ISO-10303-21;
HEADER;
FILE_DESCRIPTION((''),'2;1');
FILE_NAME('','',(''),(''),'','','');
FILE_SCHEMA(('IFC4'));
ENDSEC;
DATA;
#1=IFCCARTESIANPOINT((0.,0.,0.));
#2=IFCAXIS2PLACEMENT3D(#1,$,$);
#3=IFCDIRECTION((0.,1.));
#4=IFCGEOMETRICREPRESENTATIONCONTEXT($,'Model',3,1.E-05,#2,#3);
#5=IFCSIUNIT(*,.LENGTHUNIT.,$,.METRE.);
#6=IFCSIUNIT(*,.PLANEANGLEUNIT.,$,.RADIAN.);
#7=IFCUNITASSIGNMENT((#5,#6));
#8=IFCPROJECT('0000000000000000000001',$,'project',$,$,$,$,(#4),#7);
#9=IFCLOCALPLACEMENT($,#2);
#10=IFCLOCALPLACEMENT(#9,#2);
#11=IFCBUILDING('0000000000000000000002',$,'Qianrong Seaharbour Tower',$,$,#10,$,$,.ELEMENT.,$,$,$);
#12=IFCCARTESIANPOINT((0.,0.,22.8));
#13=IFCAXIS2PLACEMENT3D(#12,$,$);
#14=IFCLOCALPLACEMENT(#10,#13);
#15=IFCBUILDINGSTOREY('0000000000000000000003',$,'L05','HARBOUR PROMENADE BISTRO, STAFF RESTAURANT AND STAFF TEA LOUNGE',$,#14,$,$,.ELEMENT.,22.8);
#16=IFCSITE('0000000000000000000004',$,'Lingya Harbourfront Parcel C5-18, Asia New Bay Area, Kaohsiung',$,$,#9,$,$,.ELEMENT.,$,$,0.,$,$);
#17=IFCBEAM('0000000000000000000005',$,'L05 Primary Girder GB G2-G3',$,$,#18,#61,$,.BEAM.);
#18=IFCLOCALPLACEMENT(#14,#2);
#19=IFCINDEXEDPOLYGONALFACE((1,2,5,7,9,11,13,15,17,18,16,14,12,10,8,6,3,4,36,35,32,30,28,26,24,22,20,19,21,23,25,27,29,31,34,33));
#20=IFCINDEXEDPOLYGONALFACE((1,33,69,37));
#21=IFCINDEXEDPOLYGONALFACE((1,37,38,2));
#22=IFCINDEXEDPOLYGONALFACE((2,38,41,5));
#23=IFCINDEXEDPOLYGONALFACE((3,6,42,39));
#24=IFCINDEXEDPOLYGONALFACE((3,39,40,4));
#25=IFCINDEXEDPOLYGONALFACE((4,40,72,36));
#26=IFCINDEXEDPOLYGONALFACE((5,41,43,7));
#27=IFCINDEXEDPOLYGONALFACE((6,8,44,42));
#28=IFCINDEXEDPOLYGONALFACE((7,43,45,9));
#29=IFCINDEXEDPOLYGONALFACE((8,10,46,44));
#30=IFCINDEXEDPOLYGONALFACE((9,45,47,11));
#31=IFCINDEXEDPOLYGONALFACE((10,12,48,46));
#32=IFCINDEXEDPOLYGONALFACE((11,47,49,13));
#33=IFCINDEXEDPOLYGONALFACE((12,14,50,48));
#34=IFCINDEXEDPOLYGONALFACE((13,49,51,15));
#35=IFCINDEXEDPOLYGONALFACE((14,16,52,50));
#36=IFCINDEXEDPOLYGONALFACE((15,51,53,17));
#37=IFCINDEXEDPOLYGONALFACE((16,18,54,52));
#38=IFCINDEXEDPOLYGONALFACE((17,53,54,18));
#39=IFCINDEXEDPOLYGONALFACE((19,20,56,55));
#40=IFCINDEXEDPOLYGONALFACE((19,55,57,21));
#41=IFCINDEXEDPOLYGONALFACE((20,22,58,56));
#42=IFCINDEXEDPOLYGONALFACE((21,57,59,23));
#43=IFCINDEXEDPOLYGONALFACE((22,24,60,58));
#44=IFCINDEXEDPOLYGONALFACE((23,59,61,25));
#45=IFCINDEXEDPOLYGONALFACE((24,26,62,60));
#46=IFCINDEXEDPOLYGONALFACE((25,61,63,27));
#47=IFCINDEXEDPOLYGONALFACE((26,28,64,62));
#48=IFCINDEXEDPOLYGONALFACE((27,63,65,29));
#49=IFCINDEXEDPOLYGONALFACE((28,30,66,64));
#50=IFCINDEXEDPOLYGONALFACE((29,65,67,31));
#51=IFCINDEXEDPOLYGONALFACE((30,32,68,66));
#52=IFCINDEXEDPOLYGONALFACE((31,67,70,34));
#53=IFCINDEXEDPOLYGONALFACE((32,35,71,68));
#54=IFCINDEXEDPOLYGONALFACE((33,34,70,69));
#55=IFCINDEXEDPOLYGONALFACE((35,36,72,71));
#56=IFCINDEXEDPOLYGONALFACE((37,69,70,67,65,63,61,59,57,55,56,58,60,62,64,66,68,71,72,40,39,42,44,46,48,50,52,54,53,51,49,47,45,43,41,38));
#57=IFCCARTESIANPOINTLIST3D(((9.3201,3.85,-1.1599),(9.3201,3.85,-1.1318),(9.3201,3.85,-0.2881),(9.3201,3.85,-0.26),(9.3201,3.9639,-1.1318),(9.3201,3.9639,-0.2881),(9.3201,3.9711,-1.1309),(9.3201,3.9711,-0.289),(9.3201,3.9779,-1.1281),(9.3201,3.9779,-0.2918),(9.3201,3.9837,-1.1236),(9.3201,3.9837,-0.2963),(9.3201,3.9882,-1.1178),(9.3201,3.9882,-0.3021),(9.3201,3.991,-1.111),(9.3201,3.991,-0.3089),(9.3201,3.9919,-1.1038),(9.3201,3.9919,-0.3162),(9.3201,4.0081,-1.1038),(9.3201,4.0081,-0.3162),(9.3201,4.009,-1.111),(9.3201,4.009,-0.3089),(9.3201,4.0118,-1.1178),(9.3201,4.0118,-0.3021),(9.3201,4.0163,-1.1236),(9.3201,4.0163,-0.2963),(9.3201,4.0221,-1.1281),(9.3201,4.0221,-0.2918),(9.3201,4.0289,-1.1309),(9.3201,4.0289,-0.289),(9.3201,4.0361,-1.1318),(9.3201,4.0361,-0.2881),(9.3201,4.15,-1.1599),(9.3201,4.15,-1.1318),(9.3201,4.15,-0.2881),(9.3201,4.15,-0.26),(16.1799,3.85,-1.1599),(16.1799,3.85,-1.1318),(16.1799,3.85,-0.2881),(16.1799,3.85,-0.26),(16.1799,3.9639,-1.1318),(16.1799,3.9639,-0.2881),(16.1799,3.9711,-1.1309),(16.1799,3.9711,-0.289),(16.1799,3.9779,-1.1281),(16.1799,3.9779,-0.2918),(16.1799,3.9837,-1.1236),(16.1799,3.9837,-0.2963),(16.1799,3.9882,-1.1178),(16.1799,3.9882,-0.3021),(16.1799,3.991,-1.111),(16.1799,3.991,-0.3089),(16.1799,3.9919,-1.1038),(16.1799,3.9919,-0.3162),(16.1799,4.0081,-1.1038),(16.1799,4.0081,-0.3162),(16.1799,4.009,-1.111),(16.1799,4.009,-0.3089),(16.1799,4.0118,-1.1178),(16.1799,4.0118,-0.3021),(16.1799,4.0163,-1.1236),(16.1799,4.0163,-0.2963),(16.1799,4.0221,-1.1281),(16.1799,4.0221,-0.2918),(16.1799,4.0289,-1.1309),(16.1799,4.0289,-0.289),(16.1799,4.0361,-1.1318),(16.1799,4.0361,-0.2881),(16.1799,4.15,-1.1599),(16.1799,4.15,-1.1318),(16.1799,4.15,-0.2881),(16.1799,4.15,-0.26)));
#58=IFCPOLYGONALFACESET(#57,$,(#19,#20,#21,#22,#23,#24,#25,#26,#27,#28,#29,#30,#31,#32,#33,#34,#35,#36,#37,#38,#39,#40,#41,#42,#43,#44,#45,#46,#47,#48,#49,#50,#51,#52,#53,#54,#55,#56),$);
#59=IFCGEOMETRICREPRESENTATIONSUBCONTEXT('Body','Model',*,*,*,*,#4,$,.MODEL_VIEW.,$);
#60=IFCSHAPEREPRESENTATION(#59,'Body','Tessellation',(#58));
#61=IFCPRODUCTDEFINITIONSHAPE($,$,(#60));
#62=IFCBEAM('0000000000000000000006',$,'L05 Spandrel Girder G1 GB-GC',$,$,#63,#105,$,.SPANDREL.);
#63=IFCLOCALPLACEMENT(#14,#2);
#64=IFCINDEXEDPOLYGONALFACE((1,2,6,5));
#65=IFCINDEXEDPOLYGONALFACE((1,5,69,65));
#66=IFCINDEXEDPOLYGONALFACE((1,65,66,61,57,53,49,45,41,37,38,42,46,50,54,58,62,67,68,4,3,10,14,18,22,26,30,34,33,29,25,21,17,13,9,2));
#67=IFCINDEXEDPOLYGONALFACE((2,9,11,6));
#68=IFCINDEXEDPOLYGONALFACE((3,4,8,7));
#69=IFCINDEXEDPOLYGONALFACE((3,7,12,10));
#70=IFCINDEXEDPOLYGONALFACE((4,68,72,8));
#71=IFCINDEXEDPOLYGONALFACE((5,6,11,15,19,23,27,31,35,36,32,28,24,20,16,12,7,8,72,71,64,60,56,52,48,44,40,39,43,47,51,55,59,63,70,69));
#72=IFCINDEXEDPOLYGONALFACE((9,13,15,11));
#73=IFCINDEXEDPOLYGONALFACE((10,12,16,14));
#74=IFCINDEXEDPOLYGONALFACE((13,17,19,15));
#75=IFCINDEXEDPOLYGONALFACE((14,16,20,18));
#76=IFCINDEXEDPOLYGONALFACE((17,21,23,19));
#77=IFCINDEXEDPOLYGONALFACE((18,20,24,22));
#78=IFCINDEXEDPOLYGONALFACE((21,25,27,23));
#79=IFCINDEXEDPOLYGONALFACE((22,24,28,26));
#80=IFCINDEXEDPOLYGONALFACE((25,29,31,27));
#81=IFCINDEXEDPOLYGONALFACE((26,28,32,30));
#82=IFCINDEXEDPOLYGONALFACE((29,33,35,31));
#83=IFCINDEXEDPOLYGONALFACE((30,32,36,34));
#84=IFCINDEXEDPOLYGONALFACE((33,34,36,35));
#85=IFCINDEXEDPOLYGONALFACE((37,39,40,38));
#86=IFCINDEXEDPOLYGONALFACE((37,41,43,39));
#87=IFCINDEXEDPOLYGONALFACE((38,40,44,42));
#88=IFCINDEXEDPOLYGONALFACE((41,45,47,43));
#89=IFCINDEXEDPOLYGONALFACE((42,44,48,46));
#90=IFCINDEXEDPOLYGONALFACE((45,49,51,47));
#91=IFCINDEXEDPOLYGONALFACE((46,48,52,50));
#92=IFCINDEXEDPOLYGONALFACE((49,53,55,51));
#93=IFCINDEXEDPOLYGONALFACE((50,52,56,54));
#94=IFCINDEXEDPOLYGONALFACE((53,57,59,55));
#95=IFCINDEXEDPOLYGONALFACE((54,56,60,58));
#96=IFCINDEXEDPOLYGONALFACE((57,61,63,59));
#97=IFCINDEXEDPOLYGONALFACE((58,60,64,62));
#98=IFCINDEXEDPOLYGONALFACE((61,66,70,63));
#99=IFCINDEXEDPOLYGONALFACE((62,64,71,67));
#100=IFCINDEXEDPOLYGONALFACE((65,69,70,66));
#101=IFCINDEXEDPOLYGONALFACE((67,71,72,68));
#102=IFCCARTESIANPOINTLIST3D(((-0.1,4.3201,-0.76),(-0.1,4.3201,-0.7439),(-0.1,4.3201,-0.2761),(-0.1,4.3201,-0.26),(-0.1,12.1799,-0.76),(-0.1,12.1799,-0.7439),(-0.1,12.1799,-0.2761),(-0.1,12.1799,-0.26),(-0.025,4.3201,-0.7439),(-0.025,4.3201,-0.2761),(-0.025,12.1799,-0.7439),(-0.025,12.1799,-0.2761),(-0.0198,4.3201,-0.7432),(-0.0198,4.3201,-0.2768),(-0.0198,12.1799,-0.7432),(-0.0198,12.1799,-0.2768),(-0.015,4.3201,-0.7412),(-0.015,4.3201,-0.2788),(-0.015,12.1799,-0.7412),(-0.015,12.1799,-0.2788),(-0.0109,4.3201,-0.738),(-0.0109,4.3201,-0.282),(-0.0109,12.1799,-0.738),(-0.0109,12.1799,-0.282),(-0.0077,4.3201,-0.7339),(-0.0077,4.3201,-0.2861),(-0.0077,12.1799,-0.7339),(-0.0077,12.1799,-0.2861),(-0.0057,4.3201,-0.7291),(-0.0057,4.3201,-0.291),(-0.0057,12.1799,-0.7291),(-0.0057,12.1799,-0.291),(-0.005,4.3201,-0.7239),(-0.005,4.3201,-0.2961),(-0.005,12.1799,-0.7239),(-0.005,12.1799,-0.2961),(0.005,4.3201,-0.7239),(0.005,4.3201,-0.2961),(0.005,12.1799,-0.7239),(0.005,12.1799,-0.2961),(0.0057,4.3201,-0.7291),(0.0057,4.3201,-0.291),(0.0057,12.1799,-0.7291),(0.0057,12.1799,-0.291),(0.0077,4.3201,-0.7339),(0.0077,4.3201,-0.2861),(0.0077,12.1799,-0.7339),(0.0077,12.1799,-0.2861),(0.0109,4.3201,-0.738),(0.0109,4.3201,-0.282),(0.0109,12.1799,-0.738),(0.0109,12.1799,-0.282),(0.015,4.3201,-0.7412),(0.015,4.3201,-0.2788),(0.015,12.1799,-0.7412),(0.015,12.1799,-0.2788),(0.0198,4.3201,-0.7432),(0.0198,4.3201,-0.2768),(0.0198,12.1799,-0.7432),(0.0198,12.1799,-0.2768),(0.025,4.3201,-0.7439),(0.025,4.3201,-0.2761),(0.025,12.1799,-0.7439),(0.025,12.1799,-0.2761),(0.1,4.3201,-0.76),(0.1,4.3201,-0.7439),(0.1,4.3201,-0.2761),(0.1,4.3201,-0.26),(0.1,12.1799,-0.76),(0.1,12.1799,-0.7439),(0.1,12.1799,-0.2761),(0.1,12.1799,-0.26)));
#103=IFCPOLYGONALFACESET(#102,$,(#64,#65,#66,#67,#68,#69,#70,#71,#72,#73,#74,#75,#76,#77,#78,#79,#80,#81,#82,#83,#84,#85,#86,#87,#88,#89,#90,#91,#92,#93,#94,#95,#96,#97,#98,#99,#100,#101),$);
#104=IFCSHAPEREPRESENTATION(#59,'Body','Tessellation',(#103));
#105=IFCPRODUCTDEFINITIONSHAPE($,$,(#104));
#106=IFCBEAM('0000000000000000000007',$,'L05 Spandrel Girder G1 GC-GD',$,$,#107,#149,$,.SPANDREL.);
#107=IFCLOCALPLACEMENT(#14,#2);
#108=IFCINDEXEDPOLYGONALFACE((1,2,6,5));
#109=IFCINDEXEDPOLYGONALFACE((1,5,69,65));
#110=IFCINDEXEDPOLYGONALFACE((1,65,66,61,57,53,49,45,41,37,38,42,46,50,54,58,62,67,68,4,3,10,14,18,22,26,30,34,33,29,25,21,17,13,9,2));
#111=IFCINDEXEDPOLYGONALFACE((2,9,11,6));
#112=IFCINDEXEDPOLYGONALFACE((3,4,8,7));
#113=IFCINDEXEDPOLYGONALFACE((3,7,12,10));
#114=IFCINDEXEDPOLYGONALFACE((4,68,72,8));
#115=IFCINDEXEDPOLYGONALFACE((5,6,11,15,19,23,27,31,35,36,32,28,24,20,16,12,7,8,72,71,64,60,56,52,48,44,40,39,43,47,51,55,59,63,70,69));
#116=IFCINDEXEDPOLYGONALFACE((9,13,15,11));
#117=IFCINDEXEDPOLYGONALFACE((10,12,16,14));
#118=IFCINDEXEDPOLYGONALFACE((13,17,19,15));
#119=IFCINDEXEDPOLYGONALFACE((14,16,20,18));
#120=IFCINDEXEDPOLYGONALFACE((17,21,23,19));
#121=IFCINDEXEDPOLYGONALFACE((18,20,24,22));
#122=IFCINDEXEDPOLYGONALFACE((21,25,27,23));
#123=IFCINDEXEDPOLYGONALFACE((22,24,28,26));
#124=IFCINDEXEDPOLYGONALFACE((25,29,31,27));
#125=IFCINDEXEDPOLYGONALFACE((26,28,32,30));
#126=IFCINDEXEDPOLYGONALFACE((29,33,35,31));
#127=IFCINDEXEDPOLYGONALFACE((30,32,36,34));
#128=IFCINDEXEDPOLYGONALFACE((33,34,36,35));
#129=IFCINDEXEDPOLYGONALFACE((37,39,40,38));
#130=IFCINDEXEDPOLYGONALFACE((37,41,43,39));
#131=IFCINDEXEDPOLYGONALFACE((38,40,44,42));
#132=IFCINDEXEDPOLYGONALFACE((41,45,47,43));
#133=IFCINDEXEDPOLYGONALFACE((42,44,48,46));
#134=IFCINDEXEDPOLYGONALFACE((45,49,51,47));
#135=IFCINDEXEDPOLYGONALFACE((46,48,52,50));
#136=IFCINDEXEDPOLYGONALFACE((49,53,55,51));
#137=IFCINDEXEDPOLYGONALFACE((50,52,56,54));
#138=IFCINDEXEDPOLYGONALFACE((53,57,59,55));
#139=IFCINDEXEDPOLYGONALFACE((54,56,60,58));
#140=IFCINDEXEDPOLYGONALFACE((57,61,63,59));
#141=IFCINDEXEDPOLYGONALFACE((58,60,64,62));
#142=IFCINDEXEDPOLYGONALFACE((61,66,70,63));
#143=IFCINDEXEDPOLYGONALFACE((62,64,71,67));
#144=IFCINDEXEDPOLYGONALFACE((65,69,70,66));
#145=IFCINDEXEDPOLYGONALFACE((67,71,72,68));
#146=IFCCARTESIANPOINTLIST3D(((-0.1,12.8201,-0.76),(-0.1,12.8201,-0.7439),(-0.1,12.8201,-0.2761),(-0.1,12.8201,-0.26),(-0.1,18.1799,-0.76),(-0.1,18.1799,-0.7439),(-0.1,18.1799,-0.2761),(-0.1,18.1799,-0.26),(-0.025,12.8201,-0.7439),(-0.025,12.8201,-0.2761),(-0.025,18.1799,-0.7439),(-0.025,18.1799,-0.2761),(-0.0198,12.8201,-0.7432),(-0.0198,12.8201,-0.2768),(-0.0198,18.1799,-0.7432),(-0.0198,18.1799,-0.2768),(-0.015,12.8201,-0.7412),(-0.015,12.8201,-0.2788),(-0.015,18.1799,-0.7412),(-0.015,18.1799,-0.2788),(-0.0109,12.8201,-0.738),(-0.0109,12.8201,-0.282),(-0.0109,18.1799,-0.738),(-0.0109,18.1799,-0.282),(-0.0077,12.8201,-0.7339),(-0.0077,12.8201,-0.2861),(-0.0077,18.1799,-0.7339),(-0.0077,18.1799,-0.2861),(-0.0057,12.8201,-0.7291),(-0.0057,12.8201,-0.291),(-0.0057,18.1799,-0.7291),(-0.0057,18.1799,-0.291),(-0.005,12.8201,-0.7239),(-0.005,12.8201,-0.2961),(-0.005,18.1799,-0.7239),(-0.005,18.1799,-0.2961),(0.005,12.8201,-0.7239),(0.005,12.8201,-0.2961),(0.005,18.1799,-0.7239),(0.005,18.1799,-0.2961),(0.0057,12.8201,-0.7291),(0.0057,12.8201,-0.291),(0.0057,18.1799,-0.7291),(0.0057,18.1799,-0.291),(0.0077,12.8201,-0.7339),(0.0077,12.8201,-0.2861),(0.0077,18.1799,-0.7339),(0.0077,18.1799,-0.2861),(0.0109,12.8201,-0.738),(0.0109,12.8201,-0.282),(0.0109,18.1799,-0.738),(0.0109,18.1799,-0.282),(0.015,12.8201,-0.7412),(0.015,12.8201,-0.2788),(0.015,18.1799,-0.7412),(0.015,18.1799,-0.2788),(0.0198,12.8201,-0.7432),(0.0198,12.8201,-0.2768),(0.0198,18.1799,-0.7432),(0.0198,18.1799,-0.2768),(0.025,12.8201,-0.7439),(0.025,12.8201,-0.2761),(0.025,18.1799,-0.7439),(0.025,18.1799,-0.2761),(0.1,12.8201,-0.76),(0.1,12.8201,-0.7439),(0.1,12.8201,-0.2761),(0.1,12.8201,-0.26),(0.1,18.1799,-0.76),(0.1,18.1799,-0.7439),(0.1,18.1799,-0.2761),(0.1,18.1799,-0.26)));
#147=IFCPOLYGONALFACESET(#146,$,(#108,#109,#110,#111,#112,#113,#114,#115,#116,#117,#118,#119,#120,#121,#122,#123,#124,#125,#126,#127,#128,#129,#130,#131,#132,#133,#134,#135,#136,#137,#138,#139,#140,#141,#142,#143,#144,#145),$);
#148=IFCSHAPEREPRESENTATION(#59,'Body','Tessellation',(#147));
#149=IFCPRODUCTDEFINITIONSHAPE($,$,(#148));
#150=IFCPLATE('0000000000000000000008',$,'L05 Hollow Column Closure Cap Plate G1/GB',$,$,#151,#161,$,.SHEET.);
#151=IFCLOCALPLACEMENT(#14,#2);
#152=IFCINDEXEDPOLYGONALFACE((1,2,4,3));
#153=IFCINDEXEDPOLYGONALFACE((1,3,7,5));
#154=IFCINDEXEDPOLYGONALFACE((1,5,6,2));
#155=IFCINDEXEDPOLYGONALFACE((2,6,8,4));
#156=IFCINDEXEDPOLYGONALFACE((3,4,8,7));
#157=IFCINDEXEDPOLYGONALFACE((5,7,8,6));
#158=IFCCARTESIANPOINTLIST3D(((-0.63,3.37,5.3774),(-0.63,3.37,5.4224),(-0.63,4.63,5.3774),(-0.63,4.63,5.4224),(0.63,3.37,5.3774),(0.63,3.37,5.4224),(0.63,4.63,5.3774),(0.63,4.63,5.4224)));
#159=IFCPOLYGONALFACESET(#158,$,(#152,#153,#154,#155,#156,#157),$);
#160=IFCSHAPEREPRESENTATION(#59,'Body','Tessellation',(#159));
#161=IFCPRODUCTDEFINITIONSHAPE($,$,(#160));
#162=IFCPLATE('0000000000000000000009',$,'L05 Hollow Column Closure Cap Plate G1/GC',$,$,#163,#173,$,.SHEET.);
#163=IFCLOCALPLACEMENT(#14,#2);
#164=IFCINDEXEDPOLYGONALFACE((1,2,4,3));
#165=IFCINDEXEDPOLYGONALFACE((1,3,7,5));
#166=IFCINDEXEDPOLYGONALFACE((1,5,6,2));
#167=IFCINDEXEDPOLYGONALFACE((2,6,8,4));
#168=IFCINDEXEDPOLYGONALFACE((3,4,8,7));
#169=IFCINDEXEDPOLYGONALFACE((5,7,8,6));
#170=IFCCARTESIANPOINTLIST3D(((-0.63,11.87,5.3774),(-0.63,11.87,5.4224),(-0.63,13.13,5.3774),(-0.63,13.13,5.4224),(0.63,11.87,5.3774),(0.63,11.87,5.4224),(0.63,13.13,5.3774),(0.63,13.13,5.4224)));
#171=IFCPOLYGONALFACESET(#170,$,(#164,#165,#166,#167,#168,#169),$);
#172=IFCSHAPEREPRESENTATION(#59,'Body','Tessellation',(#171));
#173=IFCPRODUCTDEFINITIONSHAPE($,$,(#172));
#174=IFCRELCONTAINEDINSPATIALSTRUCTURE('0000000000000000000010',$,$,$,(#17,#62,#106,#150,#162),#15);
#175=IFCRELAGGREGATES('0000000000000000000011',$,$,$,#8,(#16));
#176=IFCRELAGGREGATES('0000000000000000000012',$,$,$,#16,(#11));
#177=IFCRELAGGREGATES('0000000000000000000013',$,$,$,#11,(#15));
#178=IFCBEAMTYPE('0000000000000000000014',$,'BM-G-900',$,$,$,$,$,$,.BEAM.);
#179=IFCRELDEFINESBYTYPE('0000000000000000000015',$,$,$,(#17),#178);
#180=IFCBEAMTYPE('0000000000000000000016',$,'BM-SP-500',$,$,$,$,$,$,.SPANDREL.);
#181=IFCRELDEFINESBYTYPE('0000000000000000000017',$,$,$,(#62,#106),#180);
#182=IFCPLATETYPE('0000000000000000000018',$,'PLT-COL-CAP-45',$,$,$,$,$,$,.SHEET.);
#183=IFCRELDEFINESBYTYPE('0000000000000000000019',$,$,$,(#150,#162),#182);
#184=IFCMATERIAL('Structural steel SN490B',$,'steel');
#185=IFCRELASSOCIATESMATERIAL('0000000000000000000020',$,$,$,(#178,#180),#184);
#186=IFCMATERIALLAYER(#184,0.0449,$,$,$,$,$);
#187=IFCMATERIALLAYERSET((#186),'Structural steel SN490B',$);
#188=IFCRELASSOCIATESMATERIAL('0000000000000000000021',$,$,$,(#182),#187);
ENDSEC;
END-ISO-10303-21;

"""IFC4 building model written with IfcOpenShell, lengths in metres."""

from ifc_helpers import new_model, si_unit, direction, frame, origin, origin_2d, place, context, subcontext, project, spatial, rectangle, i_section, extrude, material, layer, layer_set, material_profile, profile_set, type_object, element, save


model = new_model("IFC4")

# Units and contexts
model_context = context("Model", 3, precision=1e-05, world=origin(), true_north=direction((0.0, 1.0)))
body_context = subcontext(model_context, "Body", "Model", "MODEL_VIEW")
ifc_project = project(units=[si_unit("LENGTHUNIT", "METRE"), si_unit("PLANEANGLEUNIT", "RADIAN")], contexts=[model_context])

# Site, building, storey
site_placement = place(None, origin())
site = spatial("IfcSite", under=ifc_project, at=site_placement, Name="Lingya Harbourfront Parcel C5-18, Asia New Bay Area, Kaohsiung", CompositionType="ELEMENT", RefElevation=0.0)
building_placement = place(site_placement, origin())
building = spatial("IfcBuilding", under=site, at=building_placement, Name="Qianrong Seaharbour Tower", CompositionType="ELEMENT")
storey_placement = place(building_placement, frame((0.0, 0.0, 22.8)))
storey = spatial("IfcBuildingStorey", under=building, at=storey_placement, Name="L05", Description="HARBOUR PROMENADE BISTRO, STAFF RESTAURANT AND STAFF TEA LOUNGE", CompositionType="ELEMENT", Elevation=22.8)

# Shared definitions
ifc_material_1 = material(Name="Structural steel SN490B", Category="steel")

# Beams
ifc_material_profile_1 = material_profile(ifc_material_1, i_section(OverallWidth=0.3, OverallDepth=0.8999, WebThickness=0.0161, FlangeThickness=0.0281, FilletRadius=0.0281, at=origin_2d()), Name="H900x300x16x28")
ifc_profile_set_1 = profile_set([ifc_material_profile_1], Name="Structural steel SN490B")
beam_type_1 = type_object("IfcBeamType", Name="BM-G-900", PredefinedType="BEAM", material=ifc_profile_set_1)
beam_1_placement = place(storey_placement, frame((9.3201, 4.0, -0.71), z_axis=(1.0, 0.0, 0.0), x_axis=(0.0, 1.0, 0.0)))
element("IfcBeam", 1, at=beam_1_placement, inside=storey, type_object=beam_type_1, Name="L05 Primary Girder GB G2-G3", PredefinedType="BEAM", context=body_context, shape_type="SweptSolid", body=[
    extrude(i_section(OverallWidth=0.3, OverallDepth=0.8999, WebThickness=0.0161, FlangeThickness=0.0281, FilletRadius=0.0281, at=origin_2d()), origin(), (0.0, 0.0, 1.0), 6.8599),
])
ifc_material_profile_2 = material_profile(ifc_material_1, i_section(OverallWidth=0.2, OverallDepth=0.5, WebThickness=0.01, FlangeThickness=0.0161, FilletRadius=0.02, at=origin_2d()), Name="H500x200x10x16")
ifc_profile_set_2 = profile_set([ifc_material_profile_2], Name="Structural steel SN490B")
beam_type_2 = type_object("IfcBeamType", Name="BM-SP-500", PredefinedType="SPANDREL", material=ifc_profile_set_2)
beam_2_placement = place(storey_placement, frame((0.0, 4.3201, -0.51), z_axis=(0.0, 1.0, 0.0), x_axis=(-1.0, 0.0, 0.0)))
element("IfcBeam", 2, at=beam_2_placement, inside=storey, type_object=beam_type_2, Name="L05 Spandrel Girder G1 GB-GC", PredefinedType="SPANDREL", context=body_context, shape_type="SweptSolid", body=[
    extrude(i_section(OverallWidth=0.2, OverallDepth=0.5, WebThickness=0.01, FlangeThickness=0.0161, FilletRadius=0.02, at=origin_2d()), origin(), (0.0, 0.0, 1.0), 7.8599),
])
beam_3_placement = place(storey_placement, frame((0.0, 12.8201, -0.51), z_axis=(0.0, 1.0, 0.0), x_axis=(-1.0, 0.0, 0.0)))
element("IfcBeam", 3, at=beam_3_placement, inside=storey, type_object=beam_type_2, Name="L05 Spandrel Girder G1 GC-GD", PredefinedType="SPANDREL", context=body_context, shape_type="SweptSolid", body=[
    extrude(i_section(OverallWidth=0.2, OverallDepth=0.5, WebThickness=0.01, FlangeThickness=0.0161, FilletRadius=0.02, at=origin_2d()), origin(), (0.0, 0.0, 1.0), 5.3599),
])

# Plates
ifc_layer_1 = layer(ifc_material_1, 0.0449)
ifc_layer_set_1 = layer_set([ifc_layer_1], Name="Structural steel SN490B")
plate_type = type_object("IfcPlateType", Name="PLT-COL-CAP-45", PredefinedType="SHEET", material=ifc_layer_set_1)
for number, where, z_axis, x_axis, name in (
    (4, (0.0, 4.0, 5.3774), (0.0, 0.0, 1.0), (1.0, 0.0, 0.0), "L05 Hollow Column Closure Cap Plate G1/GB"),
    (5, (0.0, 12.5, 5.3774), (0.0, 0.0, 1.0), (1.0, 0.0, 0.0), "L05 Hollow Column Closure Cap Plate G1/GC"),
):
    element("IfcPlate", number, at=place(storey_placement, frame(where, z_axis=z_axis, x_axis=x_axis)), inside=storey, type_object=plate_type, Name=name, PredefinedType="SHEET", context=body_context, shape_type="SweptSolid", body=[
        extrude(rectangle(XDim=1.26, YDim=1.26, at=origin_2d()), origin(), (0.0, 0.0, 1.0), 0.0449),
    ])

save(model, "model.ifc")
